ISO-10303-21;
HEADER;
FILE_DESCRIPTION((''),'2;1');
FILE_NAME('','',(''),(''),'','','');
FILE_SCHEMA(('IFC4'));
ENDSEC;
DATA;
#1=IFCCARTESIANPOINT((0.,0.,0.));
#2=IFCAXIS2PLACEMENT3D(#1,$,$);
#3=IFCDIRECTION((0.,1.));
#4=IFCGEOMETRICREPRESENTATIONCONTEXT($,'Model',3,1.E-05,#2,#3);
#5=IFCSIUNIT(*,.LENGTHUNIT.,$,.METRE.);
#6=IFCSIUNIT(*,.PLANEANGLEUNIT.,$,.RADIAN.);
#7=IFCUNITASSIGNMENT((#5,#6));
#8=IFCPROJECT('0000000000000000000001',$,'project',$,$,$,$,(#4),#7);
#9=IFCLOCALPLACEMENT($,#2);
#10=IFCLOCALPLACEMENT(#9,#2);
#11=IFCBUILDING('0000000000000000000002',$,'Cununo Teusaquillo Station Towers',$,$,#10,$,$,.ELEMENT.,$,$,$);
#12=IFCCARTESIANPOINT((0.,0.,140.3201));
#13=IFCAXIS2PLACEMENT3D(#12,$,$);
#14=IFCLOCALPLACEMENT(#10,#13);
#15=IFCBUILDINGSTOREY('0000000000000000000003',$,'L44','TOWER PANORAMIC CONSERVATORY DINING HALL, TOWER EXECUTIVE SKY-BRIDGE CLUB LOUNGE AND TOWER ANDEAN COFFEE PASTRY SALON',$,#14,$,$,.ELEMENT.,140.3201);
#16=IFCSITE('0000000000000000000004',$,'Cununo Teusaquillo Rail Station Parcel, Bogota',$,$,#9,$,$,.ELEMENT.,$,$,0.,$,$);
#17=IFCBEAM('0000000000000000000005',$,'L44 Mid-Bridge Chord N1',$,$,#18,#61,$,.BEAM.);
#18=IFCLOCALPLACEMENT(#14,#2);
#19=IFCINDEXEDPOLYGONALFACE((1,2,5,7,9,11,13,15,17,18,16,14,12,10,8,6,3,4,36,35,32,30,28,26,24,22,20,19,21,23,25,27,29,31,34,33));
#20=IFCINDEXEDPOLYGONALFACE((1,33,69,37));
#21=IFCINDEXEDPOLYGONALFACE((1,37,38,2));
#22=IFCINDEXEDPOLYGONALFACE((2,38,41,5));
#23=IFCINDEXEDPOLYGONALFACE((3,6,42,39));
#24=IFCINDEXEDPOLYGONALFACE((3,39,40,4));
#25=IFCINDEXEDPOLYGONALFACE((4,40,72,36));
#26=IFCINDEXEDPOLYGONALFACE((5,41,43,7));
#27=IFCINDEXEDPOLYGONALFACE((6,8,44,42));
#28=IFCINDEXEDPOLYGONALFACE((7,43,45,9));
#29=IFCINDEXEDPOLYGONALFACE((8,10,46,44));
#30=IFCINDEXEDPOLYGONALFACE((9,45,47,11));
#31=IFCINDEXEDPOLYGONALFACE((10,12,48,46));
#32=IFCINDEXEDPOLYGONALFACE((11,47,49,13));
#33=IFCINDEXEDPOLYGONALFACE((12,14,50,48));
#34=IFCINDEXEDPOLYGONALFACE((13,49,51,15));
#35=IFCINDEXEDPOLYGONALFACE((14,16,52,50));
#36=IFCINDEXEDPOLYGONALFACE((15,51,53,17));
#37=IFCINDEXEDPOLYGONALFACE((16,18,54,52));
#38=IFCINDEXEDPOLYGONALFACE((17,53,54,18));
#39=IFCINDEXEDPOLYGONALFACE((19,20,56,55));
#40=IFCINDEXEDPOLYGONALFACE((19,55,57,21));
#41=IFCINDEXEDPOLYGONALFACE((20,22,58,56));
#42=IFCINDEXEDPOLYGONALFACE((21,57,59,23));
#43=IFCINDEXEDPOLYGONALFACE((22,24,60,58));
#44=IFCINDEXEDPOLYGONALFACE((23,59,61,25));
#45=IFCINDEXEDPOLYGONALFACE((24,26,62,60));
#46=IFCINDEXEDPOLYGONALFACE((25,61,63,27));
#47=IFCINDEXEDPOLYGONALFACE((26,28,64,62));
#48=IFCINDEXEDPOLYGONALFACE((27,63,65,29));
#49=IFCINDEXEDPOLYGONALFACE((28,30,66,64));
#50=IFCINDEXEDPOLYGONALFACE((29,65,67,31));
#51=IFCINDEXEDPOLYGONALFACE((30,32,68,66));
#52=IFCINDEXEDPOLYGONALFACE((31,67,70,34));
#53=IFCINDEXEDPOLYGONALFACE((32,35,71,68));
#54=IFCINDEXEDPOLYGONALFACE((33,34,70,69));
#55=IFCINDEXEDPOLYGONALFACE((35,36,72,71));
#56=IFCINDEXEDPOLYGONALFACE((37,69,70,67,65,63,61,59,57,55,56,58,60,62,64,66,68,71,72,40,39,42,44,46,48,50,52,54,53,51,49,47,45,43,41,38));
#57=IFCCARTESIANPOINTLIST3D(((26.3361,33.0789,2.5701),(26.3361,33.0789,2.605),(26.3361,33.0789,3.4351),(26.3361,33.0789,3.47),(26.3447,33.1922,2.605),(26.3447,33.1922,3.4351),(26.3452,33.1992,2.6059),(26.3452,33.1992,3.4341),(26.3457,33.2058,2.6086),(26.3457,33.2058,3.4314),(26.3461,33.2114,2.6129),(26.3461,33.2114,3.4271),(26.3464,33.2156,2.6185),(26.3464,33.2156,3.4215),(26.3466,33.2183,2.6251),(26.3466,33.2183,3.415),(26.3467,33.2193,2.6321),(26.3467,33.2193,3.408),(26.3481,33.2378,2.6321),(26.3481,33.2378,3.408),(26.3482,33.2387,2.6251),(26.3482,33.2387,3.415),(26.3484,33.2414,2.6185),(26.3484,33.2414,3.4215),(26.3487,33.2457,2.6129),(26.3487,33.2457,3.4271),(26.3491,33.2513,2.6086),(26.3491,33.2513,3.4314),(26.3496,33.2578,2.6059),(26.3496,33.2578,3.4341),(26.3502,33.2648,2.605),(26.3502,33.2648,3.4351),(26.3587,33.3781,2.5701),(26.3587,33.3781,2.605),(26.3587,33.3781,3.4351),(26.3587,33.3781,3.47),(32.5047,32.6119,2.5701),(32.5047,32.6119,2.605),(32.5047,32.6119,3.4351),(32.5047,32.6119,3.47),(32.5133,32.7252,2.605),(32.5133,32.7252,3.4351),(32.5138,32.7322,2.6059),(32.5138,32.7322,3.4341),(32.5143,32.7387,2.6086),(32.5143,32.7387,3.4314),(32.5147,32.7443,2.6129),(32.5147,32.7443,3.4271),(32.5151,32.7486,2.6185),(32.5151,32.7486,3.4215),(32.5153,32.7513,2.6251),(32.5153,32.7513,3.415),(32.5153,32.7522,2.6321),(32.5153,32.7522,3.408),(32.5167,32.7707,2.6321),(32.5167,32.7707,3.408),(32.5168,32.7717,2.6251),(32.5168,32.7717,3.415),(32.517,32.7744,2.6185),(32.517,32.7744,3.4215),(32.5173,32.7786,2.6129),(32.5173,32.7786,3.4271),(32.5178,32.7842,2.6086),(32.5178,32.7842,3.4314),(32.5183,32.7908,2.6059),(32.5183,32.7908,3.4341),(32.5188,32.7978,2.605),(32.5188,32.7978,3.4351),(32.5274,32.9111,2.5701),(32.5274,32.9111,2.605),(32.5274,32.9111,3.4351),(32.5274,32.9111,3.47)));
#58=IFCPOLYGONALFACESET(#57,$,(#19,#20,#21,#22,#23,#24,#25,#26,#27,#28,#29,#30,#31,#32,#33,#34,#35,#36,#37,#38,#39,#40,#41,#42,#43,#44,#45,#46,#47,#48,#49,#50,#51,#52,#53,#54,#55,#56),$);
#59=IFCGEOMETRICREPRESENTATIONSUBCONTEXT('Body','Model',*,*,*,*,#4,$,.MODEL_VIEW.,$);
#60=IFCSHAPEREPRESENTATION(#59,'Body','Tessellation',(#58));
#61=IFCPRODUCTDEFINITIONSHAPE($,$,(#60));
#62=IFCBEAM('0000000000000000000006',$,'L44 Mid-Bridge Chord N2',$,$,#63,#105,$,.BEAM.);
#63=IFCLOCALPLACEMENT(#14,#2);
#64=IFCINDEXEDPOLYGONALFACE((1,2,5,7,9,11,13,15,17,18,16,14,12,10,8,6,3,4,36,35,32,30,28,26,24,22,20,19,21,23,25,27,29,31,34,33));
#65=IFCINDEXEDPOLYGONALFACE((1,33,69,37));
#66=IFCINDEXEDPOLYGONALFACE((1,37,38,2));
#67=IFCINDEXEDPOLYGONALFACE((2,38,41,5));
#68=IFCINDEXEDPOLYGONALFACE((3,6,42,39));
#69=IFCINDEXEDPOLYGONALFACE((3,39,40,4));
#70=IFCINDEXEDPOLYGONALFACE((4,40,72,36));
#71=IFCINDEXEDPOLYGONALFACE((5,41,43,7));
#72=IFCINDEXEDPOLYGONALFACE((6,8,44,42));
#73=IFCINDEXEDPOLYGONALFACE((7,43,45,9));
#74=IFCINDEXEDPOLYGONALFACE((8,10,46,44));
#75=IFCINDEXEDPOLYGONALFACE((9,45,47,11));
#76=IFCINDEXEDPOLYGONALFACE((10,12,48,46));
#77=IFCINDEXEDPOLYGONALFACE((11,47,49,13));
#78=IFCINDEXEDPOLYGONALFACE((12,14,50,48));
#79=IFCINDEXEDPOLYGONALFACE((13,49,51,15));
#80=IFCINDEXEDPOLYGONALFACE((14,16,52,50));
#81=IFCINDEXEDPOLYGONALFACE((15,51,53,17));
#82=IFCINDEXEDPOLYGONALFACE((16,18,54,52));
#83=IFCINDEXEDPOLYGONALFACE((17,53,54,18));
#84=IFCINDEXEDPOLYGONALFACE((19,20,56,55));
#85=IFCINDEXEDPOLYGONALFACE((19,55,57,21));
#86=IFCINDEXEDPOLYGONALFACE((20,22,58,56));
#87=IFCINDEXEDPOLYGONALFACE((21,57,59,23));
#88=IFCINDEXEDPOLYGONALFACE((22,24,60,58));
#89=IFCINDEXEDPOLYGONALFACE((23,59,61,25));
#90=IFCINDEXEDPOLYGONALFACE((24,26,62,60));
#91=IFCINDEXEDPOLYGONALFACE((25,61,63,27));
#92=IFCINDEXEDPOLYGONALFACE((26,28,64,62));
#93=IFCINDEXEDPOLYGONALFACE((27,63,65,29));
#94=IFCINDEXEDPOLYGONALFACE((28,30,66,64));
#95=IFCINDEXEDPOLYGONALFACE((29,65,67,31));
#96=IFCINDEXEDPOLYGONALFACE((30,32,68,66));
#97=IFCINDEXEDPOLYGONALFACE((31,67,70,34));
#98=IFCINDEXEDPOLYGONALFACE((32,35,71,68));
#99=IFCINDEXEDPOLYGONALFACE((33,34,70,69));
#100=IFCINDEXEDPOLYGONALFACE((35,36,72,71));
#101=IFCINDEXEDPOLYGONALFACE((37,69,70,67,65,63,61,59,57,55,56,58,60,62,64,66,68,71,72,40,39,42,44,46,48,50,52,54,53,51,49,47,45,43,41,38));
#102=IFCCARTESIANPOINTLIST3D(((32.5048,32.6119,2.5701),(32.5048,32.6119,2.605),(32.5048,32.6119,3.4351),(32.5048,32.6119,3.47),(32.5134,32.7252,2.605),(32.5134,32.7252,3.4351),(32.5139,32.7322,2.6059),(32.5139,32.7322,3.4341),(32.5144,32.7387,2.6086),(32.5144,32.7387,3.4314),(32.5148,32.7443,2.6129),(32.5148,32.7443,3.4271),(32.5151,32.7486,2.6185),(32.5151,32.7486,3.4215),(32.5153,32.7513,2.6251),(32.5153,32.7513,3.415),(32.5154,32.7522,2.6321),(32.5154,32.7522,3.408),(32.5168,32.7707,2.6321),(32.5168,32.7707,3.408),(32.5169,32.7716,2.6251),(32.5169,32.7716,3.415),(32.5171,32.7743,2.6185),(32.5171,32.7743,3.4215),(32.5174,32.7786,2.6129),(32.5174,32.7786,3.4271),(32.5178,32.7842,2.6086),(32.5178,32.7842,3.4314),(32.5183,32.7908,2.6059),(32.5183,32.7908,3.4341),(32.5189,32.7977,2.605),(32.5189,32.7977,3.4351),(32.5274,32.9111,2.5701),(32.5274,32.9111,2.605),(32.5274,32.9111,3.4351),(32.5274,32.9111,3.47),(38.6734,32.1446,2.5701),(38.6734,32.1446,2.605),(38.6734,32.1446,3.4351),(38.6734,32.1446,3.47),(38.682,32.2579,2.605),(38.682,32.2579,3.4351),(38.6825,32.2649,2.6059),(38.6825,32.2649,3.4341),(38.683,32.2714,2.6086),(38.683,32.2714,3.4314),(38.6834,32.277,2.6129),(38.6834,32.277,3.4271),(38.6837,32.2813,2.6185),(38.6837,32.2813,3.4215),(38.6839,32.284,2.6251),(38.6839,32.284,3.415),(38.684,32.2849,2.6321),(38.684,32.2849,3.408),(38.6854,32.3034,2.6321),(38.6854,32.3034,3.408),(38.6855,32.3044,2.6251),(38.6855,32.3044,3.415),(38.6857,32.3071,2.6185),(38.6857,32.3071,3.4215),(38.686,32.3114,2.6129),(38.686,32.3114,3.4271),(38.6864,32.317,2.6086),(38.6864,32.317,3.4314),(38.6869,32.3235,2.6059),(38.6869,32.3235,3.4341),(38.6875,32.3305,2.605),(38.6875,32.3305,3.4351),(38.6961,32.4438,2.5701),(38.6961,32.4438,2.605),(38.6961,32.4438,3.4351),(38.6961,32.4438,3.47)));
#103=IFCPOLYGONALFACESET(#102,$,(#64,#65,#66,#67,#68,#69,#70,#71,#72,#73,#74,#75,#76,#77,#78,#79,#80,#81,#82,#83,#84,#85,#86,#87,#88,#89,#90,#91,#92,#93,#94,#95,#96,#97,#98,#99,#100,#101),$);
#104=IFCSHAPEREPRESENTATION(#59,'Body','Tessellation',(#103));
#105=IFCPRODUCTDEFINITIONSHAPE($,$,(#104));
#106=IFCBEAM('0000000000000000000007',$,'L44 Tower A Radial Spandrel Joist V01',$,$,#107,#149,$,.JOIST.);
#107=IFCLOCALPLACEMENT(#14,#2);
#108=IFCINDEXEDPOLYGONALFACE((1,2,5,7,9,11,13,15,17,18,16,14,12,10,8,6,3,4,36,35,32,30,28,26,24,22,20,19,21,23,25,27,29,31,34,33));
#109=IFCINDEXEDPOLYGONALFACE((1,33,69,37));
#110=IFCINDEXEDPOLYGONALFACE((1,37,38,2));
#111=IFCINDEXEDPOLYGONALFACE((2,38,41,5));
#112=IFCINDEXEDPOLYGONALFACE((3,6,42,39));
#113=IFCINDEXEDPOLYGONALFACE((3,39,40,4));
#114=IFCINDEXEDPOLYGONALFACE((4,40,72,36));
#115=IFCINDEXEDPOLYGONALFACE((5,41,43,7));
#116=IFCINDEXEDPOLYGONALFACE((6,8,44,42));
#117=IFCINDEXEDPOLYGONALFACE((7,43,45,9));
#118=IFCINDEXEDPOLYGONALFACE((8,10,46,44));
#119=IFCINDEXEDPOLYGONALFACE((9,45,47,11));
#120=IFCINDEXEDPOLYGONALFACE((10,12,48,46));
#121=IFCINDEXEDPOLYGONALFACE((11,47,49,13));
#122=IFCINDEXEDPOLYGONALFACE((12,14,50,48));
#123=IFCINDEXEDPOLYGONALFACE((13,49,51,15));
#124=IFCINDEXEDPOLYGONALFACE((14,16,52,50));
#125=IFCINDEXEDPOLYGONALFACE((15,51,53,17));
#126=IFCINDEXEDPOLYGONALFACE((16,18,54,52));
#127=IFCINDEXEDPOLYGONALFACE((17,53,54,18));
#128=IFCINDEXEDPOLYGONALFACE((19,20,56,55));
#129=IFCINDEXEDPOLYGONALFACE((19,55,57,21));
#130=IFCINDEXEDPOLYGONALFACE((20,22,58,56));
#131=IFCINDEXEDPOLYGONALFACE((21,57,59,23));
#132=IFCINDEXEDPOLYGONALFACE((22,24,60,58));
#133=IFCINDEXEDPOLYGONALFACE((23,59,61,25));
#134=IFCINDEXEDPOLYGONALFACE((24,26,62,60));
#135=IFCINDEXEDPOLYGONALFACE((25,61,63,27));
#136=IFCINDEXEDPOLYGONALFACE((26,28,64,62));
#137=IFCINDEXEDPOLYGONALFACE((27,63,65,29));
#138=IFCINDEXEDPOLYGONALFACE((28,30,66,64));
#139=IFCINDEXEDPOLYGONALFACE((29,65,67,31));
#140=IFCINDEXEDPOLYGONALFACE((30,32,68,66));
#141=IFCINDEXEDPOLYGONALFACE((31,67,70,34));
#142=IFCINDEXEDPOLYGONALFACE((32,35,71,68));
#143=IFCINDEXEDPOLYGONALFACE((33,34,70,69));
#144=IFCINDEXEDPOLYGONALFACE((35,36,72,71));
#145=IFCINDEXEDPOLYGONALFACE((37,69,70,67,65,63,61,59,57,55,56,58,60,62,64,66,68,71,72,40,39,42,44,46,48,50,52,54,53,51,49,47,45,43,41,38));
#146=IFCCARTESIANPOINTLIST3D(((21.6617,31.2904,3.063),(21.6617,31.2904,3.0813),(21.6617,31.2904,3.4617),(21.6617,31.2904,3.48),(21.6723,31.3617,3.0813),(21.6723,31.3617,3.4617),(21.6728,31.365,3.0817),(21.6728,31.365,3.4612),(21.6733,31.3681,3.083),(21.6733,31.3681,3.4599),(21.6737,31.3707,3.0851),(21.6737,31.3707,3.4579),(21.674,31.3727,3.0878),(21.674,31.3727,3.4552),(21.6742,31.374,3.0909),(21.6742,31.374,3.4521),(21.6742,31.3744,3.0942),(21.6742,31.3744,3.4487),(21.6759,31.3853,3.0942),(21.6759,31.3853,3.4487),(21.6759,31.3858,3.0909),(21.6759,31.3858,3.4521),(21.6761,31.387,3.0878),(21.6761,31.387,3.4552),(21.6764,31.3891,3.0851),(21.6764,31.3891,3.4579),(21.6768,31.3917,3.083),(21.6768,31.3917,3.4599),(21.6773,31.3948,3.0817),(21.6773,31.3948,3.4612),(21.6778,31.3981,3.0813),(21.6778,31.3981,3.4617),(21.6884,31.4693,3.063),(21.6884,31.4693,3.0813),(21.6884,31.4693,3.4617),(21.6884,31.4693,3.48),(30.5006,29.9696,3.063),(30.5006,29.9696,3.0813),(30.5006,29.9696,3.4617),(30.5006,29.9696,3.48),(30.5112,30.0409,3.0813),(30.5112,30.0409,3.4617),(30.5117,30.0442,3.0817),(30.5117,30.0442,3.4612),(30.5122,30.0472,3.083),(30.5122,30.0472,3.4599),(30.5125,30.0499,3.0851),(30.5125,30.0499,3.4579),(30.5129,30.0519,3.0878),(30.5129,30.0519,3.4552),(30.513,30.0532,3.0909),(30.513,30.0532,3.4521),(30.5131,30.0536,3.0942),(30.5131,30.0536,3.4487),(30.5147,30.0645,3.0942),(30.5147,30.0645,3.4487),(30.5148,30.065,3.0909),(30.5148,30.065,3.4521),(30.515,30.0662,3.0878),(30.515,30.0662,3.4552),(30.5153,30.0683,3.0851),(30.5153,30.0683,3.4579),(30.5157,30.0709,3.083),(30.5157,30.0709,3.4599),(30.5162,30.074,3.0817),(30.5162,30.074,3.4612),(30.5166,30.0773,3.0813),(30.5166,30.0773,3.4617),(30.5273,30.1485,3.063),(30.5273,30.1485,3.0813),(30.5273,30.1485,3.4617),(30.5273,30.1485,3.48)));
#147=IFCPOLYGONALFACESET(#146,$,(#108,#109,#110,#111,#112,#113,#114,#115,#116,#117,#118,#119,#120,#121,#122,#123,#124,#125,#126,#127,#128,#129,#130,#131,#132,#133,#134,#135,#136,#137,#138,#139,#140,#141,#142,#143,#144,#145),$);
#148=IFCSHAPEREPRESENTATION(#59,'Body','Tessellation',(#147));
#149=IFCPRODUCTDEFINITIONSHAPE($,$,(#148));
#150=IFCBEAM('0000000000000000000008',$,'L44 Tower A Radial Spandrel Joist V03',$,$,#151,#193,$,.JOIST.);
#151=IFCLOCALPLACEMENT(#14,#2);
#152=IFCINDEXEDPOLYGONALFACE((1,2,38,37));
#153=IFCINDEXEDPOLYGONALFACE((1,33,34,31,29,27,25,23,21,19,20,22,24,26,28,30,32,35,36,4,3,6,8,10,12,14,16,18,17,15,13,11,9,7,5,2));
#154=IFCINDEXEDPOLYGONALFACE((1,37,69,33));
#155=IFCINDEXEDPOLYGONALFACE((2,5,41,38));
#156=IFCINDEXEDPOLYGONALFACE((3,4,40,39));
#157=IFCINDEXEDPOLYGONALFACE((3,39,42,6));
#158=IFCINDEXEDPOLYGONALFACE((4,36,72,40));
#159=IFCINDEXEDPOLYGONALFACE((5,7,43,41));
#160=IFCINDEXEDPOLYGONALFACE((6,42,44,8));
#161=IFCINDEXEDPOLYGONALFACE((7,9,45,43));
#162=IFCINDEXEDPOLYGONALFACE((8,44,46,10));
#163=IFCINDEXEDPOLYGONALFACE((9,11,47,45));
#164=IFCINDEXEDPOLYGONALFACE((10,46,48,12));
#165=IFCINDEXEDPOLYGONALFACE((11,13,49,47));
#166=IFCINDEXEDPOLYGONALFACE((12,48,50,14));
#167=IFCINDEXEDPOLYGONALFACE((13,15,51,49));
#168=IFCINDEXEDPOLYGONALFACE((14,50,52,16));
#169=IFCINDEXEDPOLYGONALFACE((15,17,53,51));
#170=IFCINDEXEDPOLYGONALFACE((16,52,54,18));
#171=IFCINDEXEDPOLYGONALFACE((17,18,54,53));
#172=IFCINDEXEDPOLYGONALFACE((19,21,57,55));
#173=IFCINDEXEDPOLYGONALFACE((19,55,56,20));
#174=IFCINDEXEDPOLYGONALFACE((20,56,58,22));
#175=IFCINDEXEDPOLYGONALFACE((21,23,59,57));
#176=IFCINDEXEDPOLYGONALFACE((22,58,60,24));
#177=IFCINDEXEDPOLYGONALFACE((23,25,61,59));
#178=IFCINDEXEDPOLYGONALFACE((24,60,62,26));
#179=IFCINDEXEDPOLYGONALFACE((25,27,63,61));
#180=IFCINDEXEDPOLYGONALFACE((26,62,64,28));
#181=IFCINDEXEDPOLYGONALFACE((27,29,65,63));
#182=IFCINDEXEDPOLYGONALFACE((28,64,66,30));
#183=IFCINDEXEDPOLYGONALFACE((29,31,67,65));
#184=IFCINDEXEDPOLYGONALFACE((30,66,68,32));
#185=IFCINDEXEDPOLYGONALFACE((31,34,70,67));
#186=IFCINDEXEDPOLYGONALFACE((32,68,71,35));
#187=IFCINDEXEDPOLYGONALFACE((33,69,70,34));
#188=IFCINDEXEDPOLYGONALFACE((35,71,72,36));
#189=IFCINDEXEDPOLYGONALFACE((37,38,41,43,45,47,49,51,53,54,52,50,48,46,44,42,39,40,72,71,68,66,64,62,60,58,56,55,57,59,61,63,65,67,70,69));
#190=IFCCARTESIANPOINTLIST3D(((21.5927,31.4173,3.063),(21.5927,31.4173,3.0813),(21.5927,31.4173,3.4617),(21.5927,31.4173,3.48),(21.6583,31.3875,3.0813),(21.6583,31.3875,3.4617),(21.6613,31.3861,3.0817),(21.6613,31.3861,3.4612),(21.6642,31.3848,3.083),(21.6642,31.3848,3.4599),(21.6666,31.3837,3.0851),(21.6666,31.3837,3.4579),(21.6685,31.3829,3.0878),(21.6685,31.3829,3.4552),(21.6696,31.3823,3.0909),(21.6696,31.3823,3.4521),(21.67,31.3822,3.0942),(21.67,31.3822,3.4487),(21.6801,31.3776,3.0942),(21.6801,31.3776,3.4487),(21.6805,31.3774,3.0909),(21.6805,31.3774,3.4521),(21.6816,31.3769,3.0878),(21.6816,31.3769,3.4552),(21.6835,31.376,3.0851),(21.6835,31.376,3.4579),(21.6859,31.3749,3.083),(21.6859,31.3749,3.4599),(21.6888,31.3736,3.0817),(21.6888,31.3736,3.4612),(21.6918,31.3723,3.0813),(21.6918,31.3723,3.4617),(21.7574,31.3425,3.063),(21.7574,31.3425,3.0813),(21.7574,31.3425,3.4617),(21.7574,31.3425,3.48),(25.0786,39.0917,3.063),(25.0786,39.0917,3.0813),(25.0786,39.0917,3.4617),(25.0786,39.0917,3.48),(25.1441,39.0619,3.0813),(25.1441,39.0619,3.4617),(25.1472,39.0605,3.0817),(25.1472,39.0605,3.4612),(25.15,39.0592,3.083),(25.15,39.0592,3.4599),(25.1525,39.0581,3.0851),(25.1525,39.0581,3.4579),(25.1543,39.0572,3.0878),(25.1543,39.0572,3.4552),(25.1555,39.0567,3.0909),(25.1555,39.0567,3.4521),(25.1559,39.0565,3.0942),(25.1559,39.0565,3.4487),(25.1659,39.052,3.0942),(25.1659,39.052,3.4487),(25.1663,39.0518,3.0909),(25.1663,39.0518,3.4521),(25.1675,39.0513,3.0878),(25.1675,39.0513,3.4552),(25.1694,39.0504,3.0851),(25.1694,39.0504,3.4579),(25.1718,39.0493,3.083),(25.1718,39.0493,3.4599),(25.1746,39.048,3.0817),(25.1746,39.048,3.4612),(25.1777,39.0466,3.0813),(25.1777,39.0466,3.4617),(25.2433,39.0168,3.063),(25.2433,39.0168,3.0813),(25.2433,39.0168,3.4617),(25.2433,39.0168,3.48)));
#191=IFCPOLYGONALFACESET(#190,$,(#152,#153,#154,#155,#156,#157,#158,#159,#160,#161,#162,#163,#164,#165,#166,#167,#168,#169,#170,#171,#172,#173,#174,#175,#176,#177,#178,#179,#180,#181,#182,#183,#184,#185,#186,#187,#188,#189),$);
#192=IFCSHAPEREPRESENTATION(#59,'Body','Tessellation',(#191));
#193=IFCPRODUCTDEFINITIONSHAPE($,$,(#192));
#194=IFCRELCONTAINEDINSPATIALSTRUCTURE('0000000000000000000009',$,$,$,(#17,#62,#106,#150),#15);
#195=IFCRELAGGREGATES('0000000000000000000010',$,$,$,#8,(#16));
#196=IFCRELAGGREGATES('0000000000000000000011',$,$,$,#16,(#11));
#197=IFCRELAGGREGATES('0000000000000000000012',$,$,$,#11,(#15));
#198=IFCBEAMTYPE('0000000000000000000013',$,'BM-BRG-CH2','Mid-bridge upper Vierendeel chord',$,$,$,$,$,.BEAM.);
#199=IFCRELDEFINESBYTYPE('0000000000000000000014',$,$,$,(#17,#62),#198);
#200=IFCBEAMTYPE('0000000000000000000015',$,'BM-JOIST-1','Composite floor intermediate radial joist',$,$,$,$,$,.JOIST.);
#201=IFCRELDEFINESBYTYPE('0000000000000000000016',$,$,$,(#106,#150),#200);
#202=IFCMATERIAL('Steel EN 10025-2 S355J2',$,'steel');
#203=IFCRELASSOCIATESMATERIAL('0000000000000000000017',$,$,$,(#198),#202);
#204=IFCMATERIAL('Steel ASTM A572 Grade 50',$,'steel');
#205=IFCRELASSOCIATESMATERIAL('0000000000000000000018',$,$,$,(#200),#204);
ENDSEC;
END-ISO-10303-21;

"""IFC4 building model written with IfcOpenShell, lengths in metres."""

from ifc_helpers import new_model, si_unit, direction, frame, origin, origin_2d, place, context, subcontext, project, spatial, i_section, extrude, material, material_profile, profile_set, type_object, element, save


model = new_model("IFC4")

# Units and contexts
model_context = context("Model", 3, precision=1e-05, world=origin(), true_north=direction((0.0, 1.0)))
body_context = subcontext(model_context, "Body", "Model", "MODEL_VIEW")
ifc_project = project(units=[si_unit("LENGTHUNIT", "METRE"), si_unit("PLANEANGLEUNIT", "RADIAN")], contexts=[model_context])

# Site, building, storey
site_placement = place(None, origin())
site = spatial("IfcSite", under=ifc_project, at=site_placement, Name="Cununo Teusaquillo Rail Station Parcel, Bogota", CompositionType="ELEMENT", RefElevation=0.0)
building_placement = place(site_placement, origin())
building = spatial("IfcBuilding", under=site, at=building_placement, Name="Cununo Teusaquillo Station Towers", CompositionType="ELEMENT")
storey_placement = place(building_placement, frame((0.0, 0.0, 140.3201)))
storey = spatial("IfcBuildingStorey", under=building, at=storey_placement, Name="L44", Description="TOWER PANORAMIC CONSERVATORY DINING HALL, TOWER EXECUTIVE SKY-BRIDGE CLUB LOUNGE AND TOWER ANDEAN COFFEE PASTRY SALON", CompositionType="ELEMENT", Elevation=140.3201)

# Beams
ifc_material_1 = material(Name="Steel EN 10025-2 S355J2", Category="steel")
ifc_material_profile_1 = material_profile(ifc_material_1, i_section(OverallWidth=0.3, OverallDepth=0.8999, WebThickness=0.0186, FlangeThickness=0.0349, FilletRadius=0.0271, at=origin_2d()), Name="HEB 900")
ifc_profile_set_1 = profile_set([ifc_material_profile_1], Name="Steel EN 10025-2 S355J2")
beam_type_1 = type_object("IfcBeamType", Name="BM-BRG-CH2", Description="Mid-bridge upper Vierendeel chord", PredefinedType="BEAM", material=ifc_profile_set_1)
for number, where, z_axis, x_axis, name in (
    (1, (26.3474, 33.2285, 3.02), (0.997146, -0.075495, 0.0), (0.075495, 0.997146, 0.0), "L44 Mid-Bridge Chord N1"),
    (2, (32.5161, 32.7615, 3.02), (0.997143, -0.075535, 0.0), (0.075535, 0.997143, 0.0), "L44 Mid-Bridge Chord N2"),
):
    element("IfcBeam", number, at=place(storey_placement, frame(where, z_axis=z_axis, x_axis=x_axis)), inside=storey, type_object=beam_type_1, Name=name, PredefinedType="BEAM", context=body_context, shape_type="SweptSolid", body=[
        extrude(i_section(OverallWidth=0.3, OverallDepth=0.8999, WebThickness=0.0186, FlangeThickness=0.0349, FilletRadius=0.0271, at=origin_2d()), origin(), (0.0, 0.0, 1.0), 6.1863),
    ])
ifc_material_2 = material(Name="Steel ASTM A572 Grade 50", Category="steel")
ifc_material_profile_2 = material_profile(ifc_material_2, i_section(OverallWidth=0.1809, OverallDepth=0.417, WebThickness=0.011, FlangeThickness=0.0183, FilletRadius=0.0129, at=origin_2d()), Name="W16X57")
ifc_profile_set_2 = profile_set([ifc_material_profile_2], Name="Steel ASTM A572 Grade 50")
beam_type_2 = type_object("IfcBeamType", Name="BM-JOIST-1", Description="Composite floor intermediate radial joist", PredefinedType="JOIST", material=ifc_profile_set_2)
beam_1_placement = place(storey_placement, frame((21.675, 31.3799, 3.2715), z_axis=(0.989019, -0.14779, 0.0), x_axis=(0.14779, 0.989019, 0.0)))
element("IfcBeam", 3, at=beam_1_placement, inside=storey, type_object=beam_type_2, Name="L44 Tower A Radial Spandrel Joist V01", PredefinedType="JOIST", context=body_context, shape_type="SweptSolid", body=[
    extrude(i_section(OverallWidth=0.1809, OverallDepth=0.417, WebThickness=0.011, FlangeThickness=0.0183, FilletRadius=0.0129, at=origin_2d()), origin(), (0.0, 0.0, 1.0), 8.937),
])
beam_2_placement = place(storey_placement, frame((21.675, 31.3799, 3.2715), z_axis=(0.413559, 0.910478, 0.0), x_axis=(-0.910478, 0.413559, 0.0)))
element("IfcBeam", 4, at=beam_2_placement, inside=storey, type_object=beam_type_2, Name="L44 Tower A Radial Spandrel Joist V03", PredefinedType="JOIST", context=body_context, shape_type="SweptSolid", body=[
    extrude(i_section(OverallWidth=0.1809, OverallDepth=0.417, WebThickness=0.011, FlangeThickness=0.0183, FilletRadius=0.0129, at=origin_2d()), origin(), (0.0, 0.0, 1.0), 8.429),
])

save(model, "model.ifc")
